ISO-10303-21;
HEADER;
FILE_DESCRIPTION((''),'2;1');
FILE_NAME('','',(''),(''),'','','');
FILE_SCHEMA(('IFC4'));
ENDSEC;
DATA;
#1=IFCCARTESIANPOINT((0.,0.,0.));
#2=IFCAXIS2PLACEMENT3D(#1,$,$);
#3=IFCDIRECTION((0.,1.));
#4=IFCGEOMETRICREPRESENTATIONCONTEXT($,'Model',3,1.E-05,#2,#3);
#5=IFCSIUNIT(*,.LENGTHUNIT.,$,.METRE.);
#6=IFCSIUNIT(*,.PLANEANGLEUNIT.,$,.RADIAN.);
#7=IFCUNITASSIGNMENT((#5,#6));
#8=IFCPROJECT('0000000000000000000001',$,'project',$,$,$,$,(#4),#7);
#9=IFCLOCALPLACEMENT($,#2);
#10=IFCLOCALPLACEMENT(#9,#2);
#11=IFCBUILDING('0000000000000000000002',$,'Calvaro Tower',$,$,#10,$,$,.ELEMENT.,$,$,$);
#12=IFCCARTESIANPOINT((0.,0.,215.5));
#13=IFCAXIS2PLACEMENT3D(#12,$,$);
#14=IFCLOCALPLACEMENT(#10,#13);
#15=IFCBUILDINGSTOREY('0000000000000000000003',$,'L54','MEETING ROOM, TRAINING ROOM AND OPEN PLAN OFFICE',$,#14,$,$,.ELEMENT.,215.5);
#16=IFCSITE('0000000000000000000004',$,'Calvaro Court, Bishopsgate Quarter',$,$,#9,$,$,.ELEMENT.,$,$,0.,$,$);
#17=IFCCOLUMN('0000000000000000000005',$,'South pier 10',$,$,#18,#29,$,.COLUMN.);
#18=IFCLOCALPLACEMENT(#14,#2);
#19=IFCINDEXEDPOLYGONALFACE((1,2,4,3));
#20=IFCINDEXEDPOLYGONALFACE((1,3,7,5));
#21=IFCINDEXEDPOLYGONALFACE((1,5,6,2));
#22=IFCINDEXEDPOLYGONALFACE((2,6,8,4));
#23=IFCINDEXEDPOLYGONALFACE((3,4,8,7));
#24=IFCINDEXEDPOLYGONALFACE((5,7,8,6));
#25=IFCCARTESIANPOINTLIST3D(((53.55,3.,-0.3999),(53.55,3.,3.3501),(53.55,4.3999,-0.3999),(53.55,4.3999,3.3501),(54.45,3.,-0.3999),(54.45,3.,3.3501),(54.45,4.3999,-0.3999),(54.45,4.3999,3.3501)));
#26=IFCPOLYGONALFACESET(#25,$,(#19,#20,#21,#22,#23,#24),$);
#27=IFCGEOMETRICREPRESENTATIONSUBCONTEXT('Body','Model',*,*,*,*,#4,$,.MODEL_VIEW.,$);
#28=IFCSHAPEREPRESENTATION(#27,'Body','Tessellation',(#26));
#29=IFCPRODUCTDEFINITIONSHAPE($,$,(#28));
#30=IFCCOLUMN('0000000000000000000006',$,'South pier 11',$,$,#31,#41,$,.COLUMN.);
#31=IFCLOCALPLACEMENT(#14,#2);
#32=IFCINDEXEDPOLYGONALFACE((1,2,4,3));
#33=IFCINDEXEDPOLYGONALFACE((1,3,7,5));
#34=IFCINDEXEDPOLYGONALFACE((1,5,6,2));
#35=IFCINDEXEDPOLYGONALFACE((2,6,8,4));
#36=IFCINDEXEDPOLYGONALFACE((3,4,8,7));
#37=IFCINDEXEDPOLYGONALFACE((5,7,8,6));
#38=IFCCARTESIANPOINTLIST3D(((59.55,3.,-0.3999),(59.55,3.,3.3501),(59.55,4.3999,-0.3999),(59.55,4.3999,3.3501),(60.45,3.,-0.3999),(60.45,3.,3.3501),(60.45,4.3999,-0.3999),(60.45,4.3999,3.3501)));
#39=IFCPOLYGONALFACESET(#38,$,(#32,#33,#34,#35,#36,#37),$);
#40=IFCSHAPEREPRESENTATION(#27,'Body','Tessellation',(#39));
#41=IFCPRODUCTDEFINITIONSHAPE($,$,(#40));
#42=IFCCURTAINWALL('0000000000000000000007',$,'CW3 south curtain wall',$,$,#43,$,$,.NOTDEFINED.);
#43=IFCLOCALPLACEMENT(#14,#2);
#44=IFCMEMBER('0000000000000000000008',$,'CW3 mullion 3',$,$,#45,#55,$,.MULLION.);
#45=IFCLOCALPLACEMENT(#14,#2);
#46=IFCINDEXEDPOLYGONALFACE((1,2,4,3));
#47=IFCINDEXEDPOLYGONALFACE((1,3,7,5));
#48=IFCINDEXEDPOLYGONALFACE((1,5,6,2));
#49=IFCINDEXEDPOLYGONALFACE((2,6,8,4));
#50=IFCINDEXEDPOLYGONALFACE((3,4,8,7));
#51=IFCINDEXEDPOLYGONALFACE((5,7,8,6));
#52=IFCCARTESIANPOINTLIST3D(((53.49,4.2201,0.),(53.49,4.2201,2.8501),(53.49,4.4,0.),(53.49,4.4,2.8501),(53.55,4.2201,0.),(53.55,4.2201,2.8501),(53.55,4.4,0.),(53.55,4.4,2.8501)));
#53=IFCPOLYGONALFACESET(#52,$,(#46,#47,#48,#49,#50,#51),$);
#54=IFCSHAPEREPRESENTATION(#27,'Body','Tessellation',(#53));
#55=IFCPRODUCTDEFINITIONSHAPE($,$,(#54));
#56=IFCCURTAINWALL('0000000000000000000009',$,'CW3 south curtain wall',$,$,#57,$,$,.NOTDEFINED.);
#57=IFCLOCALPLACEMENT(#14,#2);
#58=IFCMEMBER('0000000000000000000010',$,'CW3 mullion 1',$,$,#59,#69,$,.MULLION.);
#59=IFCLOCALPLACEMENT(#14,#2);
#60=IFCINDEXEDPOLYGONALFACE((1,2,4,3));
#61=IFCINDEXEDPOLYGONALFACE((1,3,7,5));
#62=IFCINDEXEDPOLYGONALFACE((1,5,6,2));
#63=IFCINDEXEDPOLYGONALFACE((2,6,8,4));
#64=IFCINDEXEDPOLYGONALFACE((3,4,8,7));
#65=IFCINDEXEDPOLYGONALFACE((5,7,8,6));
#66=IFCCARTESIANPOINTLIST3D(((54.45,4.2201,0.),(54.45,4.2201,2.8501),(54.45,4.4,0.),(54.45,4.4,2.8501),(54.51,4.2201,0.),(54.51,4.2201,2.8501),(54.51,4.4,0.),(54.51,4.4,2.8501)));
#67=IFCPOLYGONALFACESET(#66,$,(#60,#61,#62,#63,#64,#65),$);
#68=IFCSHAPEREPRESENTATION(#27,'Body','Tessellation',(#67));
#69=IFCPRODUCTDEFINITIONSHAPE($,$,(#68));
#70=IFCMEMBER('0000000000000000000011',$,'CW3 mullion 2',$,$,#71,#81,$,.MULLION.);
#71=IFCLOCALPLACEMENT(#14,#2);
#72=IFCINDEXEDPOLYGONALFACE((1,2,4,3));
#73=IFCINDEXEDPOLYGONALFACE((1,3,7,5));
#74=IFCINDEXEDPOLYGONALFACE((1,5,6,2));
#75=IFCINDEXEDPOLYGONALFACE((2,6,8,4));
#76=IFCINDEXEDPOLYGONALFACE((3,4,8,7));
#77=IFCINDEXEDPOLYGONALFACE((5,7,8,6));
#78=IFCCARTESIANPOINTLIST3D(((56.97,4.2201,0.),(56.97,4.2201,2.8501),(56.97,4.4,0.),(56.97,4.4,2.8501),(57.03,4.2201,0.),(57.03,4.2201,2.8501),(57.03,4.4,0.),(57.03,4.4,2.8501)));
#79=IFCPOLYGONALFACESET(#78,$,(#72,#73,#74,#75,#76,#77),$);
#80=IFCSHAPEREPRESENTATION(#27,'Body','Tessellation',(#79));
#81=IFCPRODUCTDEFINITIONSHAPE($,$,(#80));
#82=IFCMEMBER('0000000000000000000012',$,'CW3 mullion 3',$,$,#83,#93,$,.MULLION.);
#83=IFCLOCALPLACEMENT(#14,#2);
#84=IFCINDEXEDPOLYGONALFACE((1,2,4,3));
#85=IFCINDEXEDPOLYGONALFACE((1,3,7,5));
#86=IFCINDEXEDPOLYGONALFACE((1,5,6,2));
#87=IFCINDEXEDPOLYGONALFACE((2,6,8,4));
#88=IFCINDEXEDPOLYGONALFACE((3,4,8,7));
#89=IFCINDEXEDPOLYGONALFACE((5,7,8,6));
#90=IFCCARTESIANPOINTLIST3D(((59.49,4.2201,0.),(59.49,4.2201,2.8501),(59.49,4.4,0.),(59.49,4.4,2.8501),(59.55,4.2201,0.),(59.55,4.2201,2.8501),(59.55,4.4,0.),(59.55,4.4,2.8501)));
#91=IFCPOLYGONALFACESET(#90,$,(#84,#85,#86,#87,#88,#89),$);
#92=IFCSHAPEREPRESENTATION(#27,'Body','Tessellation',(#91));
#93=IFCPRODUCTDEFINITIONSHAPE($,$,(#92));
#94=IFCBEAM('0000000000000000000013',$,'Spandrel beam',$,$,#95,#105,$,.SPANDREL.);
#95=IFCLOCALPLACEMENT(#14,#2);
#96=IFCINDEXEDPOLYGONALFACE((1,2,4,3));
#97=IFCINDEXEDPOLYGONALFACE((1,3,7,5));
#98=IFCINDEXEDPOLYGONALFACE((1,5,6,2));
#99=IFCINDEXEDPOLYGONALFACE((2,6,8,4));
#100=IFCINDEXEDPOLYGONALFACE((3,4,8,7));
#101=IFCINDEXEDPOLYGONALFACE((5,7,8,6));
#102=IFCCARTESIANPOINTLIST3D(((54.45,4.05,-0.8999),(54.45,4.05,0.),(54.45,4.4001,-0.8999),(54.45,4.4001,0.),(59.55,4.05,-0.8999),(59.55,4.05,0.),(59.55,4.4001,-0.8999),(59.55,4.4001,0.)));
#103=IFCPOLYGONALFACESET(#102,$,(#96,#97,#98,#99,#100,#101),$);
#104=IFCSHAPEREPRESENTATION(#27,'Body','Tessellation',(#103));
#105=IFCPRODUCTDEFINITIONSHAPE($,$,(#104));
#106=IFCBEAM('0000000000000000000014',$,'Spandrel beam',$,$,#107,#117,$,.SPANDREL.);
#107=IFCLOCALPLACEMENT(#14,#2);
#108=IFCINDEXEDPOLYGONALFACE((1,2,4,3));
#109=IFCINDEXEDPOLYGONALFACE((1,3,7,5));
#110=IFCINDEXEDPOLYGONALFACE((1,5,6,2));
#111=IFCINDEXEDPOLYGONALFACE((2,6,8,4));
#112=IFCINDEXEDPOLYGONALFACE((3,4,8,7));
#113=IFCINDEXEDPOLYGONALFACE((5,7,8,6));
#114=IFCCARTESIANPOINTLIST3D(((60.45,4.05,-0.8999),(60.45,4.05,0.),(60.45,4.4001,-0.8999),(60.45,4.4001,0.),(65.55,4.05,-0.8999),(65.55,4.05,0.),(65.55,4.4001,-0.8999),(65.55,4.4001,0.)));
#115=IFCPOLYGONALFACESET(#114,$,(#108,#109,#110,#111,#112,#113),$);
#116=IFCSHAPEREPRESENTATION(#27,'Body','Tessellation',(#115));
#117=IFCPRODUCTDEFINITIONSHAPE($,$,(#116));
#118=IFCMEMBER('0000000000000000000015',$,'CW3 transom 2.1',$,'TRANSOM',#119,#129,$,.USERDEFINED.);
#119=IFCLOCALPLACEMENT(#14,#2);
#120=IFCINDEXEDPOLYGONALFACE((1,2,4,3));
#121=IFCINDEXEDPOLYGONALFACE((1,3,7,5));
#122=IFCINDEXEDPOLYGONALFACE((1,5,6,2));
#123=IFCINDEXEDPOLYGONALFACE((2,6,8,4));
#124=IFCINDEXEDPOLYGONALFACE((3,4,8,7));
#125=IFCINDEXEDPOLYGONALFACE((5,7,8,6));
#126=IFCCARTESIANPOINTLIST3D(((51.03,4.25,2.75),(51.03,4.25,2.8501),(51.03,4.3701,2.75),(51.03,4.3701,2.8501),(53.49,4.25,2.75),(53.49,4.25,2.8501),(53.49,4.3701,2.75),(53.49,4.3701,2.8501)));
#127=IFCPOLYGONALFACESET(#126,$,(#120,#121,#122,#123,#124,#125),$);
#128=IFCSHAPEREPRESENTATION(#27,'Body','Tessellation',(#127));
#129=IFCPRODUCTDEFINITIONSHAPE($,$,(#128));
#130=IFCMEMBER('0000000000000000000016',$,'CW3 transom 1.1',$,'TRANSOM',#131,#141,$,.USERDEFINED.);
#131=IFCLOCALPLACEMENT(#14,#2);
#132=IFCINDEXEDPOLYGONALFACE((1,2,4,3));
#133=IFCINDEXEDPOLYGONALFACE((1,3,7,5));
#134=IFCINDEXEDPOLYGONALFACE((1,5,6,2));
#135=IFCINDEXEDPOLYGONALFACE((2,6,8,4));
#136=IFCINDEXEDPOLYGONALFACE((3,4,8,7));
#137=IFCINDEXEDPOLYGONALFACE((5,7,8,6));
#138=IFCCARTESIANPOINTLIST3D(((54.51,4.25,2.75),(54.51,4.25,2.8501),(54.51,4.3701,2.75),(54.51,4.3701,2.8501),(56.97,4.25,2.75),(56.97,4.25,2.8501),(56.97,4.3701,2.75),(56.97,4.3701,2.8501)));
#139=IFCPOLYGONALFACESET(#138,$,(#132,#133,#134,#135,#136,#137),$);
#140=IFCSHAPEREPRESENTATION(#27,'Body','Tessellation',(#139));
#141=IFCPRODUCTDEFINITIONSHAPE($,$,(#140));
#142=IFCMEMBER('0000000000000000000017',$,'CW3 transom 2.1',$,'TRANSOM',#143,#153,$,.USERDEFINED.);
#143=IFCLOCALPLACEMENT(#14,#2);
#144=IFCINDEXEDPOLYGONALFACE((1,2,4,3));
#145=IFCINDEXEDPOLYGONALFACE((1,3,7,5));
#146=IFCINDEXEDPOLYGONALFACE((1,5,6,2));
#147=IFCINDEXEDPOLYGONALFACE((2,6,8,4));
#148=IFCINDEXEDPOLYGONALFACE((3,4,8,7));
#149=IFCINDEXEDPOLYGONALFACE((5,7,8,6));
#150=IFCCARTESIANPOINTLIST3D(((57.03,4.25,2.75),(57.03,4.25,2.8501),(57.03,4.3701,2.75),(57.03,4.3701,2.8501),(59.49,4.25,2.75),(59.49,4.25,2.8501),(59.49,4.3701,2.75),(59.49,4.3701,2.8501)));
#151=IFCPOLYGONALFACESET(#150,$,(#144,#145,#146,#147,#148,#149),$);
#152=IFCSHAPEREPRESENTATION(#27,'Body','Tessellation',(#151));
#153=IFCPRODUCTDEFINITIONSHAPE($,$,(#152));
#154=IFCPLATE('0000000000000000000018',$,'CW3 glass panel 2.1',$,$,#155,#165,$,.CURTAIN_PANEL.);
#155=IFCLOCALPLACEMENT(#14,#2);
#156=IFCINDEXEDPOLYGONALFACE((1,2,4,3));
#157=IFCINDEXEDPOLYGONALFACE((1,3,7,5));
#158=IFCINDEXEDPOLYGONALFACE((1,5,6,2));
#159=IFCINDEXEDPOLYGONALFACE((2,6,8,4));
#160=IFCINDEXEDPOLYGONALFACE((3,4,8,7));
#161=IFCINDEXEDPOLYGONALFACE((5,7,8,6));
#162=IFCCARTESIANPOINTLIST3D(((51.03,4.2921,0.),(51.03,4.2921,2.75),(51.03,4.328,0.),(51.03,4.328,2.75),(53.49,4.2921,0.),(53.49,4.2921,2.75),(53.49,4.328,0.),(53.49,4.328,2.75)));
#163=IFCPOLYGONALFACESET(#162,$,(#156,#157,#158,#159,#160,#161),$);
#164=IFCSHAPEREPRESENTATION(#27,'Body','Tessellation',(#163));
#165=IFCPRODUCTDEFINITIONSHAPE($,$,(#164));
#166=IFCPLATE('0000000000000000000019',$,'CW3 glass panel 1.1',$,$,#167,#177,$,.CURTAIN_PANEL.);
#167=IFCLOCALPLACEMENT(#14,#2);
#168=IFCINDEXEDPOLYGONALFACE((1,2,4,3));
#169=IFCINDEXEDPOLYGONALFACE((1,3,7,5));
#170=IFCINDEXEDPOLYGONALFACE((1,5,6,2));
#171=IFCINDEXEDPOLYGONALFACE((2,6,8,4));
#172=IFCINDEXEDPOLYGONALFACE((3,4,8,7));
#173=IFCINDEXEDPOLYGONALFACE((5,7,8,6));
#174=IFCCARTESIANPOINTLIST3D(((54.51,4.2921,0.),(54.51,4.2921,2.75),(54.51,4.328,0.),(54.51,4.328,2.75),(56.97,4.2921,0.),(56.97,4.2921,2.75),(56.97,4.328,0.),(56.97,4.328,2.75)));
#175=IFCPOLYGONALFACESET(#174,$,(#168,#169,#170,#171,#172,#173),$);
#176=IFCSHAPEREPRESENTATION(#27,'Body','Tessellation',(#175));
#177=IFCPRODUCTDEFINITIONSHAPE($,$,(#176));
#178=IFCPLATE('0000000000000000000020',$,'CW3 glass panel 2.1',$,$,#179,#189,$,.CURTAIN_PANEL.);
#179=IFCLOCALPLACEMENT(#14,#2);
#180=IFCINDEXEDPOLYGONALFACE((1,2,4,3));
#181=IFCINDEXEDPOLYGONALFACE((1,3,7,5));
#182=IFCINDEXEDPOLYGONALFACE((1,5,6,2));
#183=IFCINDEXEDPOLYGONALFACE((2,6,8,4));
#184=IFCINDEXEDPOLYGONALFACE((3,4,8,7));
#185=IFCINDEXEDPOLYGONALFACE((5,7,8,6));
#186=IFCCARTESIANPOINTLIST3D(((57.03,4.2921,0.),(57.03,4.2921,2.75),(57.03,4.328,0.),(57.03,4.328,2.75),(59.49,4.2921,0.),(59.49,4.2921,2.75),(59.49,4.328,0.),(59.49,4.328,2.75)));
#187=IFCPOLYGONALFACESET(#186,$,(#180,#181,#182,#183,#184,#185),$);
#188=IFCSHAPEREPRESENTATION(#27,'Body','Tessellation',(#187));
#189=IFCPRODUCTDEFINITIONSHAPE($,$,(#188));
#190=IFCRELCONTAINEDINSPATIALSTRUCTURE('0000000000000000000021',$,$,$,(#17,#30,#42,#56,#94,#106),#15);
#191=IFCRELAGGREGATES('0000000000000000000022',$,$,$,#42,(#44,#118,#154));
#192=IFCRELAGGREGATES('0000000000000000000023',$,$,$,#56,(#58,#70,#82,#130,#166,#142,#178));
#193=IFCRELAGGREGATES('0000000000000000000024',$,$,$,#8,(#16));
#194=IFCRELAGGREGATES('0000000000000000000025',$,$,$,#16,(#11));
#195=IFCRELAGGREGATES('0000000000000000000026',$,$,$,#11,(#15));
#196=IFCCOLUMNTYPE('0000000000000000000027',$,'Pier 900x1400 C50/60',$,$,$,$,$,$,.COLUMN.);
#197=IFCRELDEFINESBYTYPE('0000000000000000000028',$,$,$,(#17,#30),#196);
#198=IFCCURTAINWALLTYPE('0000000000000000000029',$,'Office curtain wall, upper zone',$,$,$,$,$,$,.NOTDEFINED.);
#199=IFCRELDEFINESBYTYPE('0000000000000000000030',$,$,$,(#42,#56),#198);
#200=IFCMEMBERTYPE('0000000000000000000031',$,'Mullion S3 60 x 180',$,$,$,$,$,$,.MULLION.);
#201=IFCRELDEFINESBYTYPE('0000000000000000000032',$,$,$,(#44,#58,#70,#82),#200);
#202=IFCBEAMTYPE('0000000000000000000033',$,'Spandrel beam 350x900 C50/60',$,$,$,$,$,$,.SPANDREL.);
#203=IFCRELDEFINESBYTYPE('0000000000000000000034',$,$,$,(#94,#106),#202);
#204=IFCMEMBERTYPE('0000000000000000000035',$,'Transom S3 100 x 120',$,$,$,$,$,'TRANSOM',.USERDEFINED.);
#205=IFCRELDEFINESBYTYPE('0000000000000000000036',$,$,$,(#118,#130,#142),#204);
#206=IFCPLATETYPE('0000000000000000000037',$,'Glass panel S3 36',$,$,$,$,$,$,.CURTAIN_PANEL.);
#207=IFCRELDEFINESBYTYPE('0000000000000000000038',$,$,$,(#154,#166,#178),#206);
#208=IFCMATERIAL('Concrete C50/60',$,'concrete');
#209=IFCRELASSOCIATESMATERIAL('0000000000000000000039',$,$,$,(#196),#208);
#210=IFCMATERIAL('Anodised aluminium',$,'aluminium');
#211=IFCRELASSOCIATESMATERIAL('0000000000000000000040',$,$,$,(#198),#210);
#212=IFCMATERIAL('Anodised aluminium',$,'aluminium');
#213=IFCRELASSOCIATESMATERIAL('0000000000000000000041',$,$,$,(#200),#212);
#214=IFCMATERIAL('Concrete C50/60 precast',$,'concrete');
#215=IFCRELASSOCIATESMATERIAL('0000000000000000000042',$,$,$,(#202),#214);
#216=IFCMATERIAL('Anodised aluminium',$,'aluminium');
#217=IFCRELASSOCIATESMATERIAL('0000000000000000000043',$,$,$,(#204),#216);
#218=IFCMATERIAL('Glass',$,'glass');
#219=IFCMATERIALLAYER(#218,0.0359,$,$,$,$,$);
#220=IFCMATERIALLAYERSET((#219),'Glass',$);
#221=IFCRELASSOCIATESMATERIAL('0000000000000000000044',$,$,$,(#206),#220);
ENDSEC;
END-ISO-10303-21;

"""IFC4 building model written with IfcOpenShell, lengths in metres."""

from ifc_helpers import new_model, si_unit, direction, frame, origin, origin_2d, place, context, subcontext, project, spatial, rectangle, extrude, material, layer, layer_set, material_profile, profile_set, type_object, element, aggregate, save


model = new_model("IFC4")

# Units and contexts
model_context = context("Model", 3, precision=1e-05, world=origin(), true_north=direction((0.0, 1.0)))
body_context = subcontext(model_context, "Body", "Model", "MODEL_VIEW")
ifc_project = project(units=[si_unit("LENGTHUNIT", "METRE"), si_unit("PLANEANGLEUNIT", "RADIAN")], contexts=[model_context])

# Site, building, storey
site_placement = place(None, origin())
site = spatial("IfcSite", under=ifc_project, at=site_placement, Name="Calvaro Court, Bishopsgate Quarter", CompositionType="ELEMENT", RefElevation=0.0)
building_placement = place(site_placement, origin())
building = spatial("IfcBuilding", under=site, at=building_placement, Name="Calvaro Tower", CompositionType="ELEMENT")
storey_placement = place(building_placement, frame((0.0, 0.0, 215.5)))
storey = spatial("IfcBuildingStorey", under=building, at=storey_placement, Name="L54", Description="MEETING ROOM, TRAINING ROOM AND OPEN PLAN OFFICE", CompositionType="ELEMENT", Elevation=215.5)

# Columns
ifc_material_1 = material(Name="Concrete C50/60", Category="concrete")
ifc_material_profile_1 = material_profile(ifc_material_1, rectangle(XDim=0.8999, YDim=1.3999, at=origin_2d()), Name="RC 900x1400")
ifc_profile_set_1 = profile_set([ifc_material_profile_1], Name="Concrete C50/60")
column_type = type_object("IfcColumnType", Name="Pier 900x1400 C50/60", PredefinedType="COLUMN", material=ifc_profile_set_1)
for number, where, z_axis, x_axis, name in (
    (1, (54.0, 3.7, -0.3999), (0.0, 0.0, 1.0), (1.0, 0.0, 0.0), "South pier 10"),
    (2, (60.0, 3.7, -0.3999), (0.0, 0.0, 1.0), (1.0, 0.0, 0.0), "South pier 11"),
):
    element("IfcColumn", number, at=place(storey_placement, frame(where, z_axis=z_axis, x_axis=x_axis)), inside=storey, type_object=column_type, Name=name, PredefinedType="COLUMN", context=body_context, shape_type="SweptSolid", body=[
        extrude(rectangle(XDim=0.8999, YDim=1.3999, at=origin_2d()), origin(), (0.0, 0.0, 1.0), 3.75),
    ])

# Curtain wall, member
ifc_material_2 = material(Name="Anodised aluminium", Category="aluminium")
curtain_wall_type = type_object("IfcCurtainWallType", Name="Office curtain wall, upper zone", PredefinedType="NOTDEFINED", material=ifc_material_2)
curtain_wall_1_placement = place(storey_placement, origin())
curtain_wall_1 = element("IfcCurtainWall", 3, at=curtain_wall_1_placement, inside=storey, type_object=curtain_wall_type, Name="CW3 south curtain wall", PredefinedType="NOTDEFINED")
ifc_material_3 = material(Name="Anodised aluminium", Category="aluminium")
ifc_material_profile_2 = material_profile(ifc_material_3, rectangle(XDim=0.1799, YDim=0.0601, at=origin_2d()), Name="Mullion S3 60 x 180")
ifc_profile_set_2 = profile_set([ifc_material_profile_2], Name="Anodised aluminium")
member_type_1 = type_object("IfcMemberType", Name="Mullion S3 60 x 180", PredefinedType="MULLION", material=ifc_profile_set_2)
member_1_placement = place(storey_placement, frame((53.52, 4.3101, 0.0), z_axis=(0.0, 0.0, 1.0), x_axis=(0.0, 1.0, 0.0)))
member_1 = element("IfcMember", 4, at=member_1_placement, type_object=member_type_1, Name="CW3 mullion 3", PredefinedType="MULLION", context=body_context, shape_type="SweptSolid", body=[
    extrude(rectangle(XDim=0.1799, YDim=0.0601, at=origin_2d()), origin(), (0.0, 0.0, 1.0), 2.8501),
])

# Curtain wall, members
curtain_wall_2_placement = place(storey_placement, origin())
curtain_wall_2 = element("IfcCurtainWall", 5, at=curtain_wall_2_placement, inside=storey, type_object=curtain_wall_type, Name="CW3 south curtain wall", PredefinedType="NOTDEFINED")
member_2_placement = place(storey_placement, frame((54.48, 4.3101, 0.0), z_axis=(0.0, 0.0, 1.0), x_axis=(0.0, 1.0, 0.0)))
member_2 = element("IfcMember", 6, at=member_2_placement, type_object=member_type_1, Name="CW3 mullion 1", PredefinedType="MULLION", context=body_context, shape_type="SweptSolid", body=[
    extrude(rectangle(XDim=0.1799, YDim=0.0601, at=origin_2d()), origin(), (0.0, 0.0, 1.0), 2.8501),
])
member_3_placement = place(storey_placement, frame((57.0, 4.3101, 0.0), z_axis=(0.0, 0.0, 1.0), x_axis=(0.0, 1.0, 0.0)))
member_3 = element("IfcMember", 7, at=member_3_placement, type_object=member_type_1, Name="CW3 mullion 2", PredefinedType="MULLION", context=body_context, shape_type="SweptSolid", body=[
    extrude(rectangle(XDim=0.1799, YDim=0.0601, at=origin_2d()), origin(), (0.0, 0.0, 1.0), 2.8501),
])
member_4_placement = place(storey_placement, frame((59.52, 4.3101, 0.0), z_axis=(0.0, 0.0, 1.0), x_axis=(0.0, 1.0, 0.0)))
member_4 = element("IfcMember", 8, at=member_4_placement, type_object=member_type_1, Name="CW3 mullion 3", PredefinedType="MULLION", context=body_context, shape_type="SweptSolid", body=[
    extrude(rectangle(XDim=0.1799, YDim=0.0601, at=origin_2d()), origin(), (0.0, 0.0, 1.0), 2.8501),
])

# Beams
ifc_material_4 = material(Name="Concrete C50/60 precast", Category="concrete")
ifc_material_profile_3 = material_profile(ifc_material_4, rectangle(XDim=0.3501, YDim=0.8999, at=origin_2d()), Name="RC 350x900")
ifc_profile_set_3 = profile_set([ifc_material_profile_3], Name="Concrete C50/60 precast")
beam_type = type_object("IfcBeamType", Name="Spandrel beam 350x900 C50/60", PredefinedType="SPANDREL", material=ifc_profile_set_3)
for number, where, z_axis, x_axis, name in (
    (9, (54.45, 4.2251, -0.45), (1.0, 0.0, 0.0), (0.0, 1.0, 0.0), "Spandrel beam"),
    (10, (60.45, 4.2251, -0.45), (1.0, 0.0, 0.0), (0.0, 1.0, 0.0), "Spandrel beam"),
):
    element("IfcBeam", number, at=place(storey_placement, frame(where, z_axis=z_axis, x_axis=x_axis)), inside=storey, type_object=beam_type, Name=name, PredefinedType="SPANDREL", context=body_context, shape_type="SweptSolid", body=[
        extrude(rectangle(XDim=0.3501, YDim=0.8999, at=origin_2d()), origin(), (0.0, 0.0, 1.0), 5.1001),
    ])

# Members
ifc_material_5 = material(Name="Anodised aluminium", Category="aluminium")
ifc_material_profile_4 = material_profile(ifc_material_5, rectangle(XDim=0.1201, YDim=0.1001, at=origin_2d()), Name="Transom S3 100 x 120")
ifc_profile_set_4 = profile_set([ifc_material_profile_4], Name="Anodised aluminium")
member_type_2 = type_object("IfcMemberType", Name="Transom S3 100 x 120", ElementType="TRANSOM", PredefinedType="USERDEFINED", material=ifc_profile_set_4)
member_5_placement = place(storey_placement, frame((51.03, 4.3101, 2.8), z_axis=(1.0, 0.0, 0.0), x_axis=(0.0, 1.0, 0.0)))
member_5 = element("IfcMember", 11, at=member_5_placement, type_object=member_type_2, Name="CW3 transom 2.1", ObjectType="TRANSOM", PredefinedType="USERDEFINED", context=body_context, shape_type="SweptSolid", body=[
    extrude(rectangle(XDim=0.1201, YDim=0.1001, at=origin_2d()), origin(), (0.0, 0.0, 1.0), 2.46),
])
member_6_placement = place(storey_placement, frame((54.51, 4.3101, 2.8), z_axis=(1.0, 0.0, 0.0), x_axis=(0.0, 1.0, 0.0)))
member_6 = element("IfcMember", 12, at=member_6_placement, type_object=member_type_2, Name="CW3 transom 1.1", ObjectType="TRANSOM", PredefinedType="USERDEFINED", context=body_context, shape_type="SweptSolid", body=[
    extrude(rectangle(XDim=0.1201, YDim=0.1001, at=origin_2d()), origin(), (0.0, 0.0, 1.0), 2.46),
])
member_7_placement = place(storey_placement, frame((57.03, 4.3101, 2.8), z_axis=(1.0, 0.0, 0.0), x_axis=(0.0, 1.0, 0.0)))
member_7 = element("IfcMember", 13, at=member_7_placement, type_object=member_type_2, Name="CW3 transom 2.1", ObjectType="TRANSOM", PredefinedType="USERDEFINED", context=body_context, shape_type="SweptSolid", body=[
    extrude(rectangle(XDim=0.1201, YDim=0.1001, at=origin_2d()), origin(), (0.0, 0.0, 1.0), 2.46),
])

# Plates
ifc_material_6 = material(Name="Glass", Category="glass")
ifc_layer = layer(ifc_material_6, 0.0359)
ifc_layer_set = layer_set([ifc_layer], Name="Glass")
plate_type = type_object("IfcPlateType", Name="Glass panel S3 36", PredefinedType="CURTAIN_PANEL", material=ifc_layer_set)
plate_1_placement = place(storey_placement, frame((52.26, 4.3101, 0.0), z_axis=(0.0, 0.0, 1.0), x_axis=(1.0, 0.0, 0.0)))
plate_1 = element("IfcPlate", 14, at=plate_1_placement, type_object=plate_type, Name="CW3 glass panel 2.1", PredefinedType="CURTAIN_PANEL", context=body_context, shape_type="SweptSolid", body=[
    extrude(rectangle(XDim=2.46, YDim=0.0359, at=origin_2d()), origin(), (0.0, 0.0, 1.0), 2.75),
])
aggregate(curtain_wall_1, [member_1, member_5, plate_1])
plate_2_placement = place(storey_placement, frame((55.74, 4.3101, 0.0), z_axis=(0.0, 0.0, 1.0), x_axis=(1.0, 0.0, 0.0)))
plate_2 = element("IfcPlate", 15, at=plate_2_placement, type_object=plate_type, Name="CW3 glass panel 1.1", PredefinedType="CURTAIN_PANEL", context=body_context, shape_type="SweptSolid", body=[
    extrude(rectangle(XDim=2.46, YDim=0.0359, at=origin_2d()), origin(), (0.0, 0.0, 1.0), 2.75),
])
plate_3_placement = place(storey_placement, frame((58.26, 4.3101, 0.0), z_axis=(0.0, 0.0, 1.0), x_axis=(1.0, 0.0, 0.0)))
plate_3 = element("IfcPlate", 16, at=plate_3_placement, type_object=plate_type, Name="CW3 glass panel 2.1", PredefinedType="CURTAIN_PANEL", context=body_context, shape_type="SweptSolid", body=[
    extrude(rectangle(XDim=2.46, YDim=0.0359, at=origin_2d()), origin(), (0.0, 0.0, 1.0), 2.75),
])
aggregate(curtain_wall_2, [member_2, member_3, member_4, member_6, plate_2, member_7, plate_3])

save(model, "model.ifc")
